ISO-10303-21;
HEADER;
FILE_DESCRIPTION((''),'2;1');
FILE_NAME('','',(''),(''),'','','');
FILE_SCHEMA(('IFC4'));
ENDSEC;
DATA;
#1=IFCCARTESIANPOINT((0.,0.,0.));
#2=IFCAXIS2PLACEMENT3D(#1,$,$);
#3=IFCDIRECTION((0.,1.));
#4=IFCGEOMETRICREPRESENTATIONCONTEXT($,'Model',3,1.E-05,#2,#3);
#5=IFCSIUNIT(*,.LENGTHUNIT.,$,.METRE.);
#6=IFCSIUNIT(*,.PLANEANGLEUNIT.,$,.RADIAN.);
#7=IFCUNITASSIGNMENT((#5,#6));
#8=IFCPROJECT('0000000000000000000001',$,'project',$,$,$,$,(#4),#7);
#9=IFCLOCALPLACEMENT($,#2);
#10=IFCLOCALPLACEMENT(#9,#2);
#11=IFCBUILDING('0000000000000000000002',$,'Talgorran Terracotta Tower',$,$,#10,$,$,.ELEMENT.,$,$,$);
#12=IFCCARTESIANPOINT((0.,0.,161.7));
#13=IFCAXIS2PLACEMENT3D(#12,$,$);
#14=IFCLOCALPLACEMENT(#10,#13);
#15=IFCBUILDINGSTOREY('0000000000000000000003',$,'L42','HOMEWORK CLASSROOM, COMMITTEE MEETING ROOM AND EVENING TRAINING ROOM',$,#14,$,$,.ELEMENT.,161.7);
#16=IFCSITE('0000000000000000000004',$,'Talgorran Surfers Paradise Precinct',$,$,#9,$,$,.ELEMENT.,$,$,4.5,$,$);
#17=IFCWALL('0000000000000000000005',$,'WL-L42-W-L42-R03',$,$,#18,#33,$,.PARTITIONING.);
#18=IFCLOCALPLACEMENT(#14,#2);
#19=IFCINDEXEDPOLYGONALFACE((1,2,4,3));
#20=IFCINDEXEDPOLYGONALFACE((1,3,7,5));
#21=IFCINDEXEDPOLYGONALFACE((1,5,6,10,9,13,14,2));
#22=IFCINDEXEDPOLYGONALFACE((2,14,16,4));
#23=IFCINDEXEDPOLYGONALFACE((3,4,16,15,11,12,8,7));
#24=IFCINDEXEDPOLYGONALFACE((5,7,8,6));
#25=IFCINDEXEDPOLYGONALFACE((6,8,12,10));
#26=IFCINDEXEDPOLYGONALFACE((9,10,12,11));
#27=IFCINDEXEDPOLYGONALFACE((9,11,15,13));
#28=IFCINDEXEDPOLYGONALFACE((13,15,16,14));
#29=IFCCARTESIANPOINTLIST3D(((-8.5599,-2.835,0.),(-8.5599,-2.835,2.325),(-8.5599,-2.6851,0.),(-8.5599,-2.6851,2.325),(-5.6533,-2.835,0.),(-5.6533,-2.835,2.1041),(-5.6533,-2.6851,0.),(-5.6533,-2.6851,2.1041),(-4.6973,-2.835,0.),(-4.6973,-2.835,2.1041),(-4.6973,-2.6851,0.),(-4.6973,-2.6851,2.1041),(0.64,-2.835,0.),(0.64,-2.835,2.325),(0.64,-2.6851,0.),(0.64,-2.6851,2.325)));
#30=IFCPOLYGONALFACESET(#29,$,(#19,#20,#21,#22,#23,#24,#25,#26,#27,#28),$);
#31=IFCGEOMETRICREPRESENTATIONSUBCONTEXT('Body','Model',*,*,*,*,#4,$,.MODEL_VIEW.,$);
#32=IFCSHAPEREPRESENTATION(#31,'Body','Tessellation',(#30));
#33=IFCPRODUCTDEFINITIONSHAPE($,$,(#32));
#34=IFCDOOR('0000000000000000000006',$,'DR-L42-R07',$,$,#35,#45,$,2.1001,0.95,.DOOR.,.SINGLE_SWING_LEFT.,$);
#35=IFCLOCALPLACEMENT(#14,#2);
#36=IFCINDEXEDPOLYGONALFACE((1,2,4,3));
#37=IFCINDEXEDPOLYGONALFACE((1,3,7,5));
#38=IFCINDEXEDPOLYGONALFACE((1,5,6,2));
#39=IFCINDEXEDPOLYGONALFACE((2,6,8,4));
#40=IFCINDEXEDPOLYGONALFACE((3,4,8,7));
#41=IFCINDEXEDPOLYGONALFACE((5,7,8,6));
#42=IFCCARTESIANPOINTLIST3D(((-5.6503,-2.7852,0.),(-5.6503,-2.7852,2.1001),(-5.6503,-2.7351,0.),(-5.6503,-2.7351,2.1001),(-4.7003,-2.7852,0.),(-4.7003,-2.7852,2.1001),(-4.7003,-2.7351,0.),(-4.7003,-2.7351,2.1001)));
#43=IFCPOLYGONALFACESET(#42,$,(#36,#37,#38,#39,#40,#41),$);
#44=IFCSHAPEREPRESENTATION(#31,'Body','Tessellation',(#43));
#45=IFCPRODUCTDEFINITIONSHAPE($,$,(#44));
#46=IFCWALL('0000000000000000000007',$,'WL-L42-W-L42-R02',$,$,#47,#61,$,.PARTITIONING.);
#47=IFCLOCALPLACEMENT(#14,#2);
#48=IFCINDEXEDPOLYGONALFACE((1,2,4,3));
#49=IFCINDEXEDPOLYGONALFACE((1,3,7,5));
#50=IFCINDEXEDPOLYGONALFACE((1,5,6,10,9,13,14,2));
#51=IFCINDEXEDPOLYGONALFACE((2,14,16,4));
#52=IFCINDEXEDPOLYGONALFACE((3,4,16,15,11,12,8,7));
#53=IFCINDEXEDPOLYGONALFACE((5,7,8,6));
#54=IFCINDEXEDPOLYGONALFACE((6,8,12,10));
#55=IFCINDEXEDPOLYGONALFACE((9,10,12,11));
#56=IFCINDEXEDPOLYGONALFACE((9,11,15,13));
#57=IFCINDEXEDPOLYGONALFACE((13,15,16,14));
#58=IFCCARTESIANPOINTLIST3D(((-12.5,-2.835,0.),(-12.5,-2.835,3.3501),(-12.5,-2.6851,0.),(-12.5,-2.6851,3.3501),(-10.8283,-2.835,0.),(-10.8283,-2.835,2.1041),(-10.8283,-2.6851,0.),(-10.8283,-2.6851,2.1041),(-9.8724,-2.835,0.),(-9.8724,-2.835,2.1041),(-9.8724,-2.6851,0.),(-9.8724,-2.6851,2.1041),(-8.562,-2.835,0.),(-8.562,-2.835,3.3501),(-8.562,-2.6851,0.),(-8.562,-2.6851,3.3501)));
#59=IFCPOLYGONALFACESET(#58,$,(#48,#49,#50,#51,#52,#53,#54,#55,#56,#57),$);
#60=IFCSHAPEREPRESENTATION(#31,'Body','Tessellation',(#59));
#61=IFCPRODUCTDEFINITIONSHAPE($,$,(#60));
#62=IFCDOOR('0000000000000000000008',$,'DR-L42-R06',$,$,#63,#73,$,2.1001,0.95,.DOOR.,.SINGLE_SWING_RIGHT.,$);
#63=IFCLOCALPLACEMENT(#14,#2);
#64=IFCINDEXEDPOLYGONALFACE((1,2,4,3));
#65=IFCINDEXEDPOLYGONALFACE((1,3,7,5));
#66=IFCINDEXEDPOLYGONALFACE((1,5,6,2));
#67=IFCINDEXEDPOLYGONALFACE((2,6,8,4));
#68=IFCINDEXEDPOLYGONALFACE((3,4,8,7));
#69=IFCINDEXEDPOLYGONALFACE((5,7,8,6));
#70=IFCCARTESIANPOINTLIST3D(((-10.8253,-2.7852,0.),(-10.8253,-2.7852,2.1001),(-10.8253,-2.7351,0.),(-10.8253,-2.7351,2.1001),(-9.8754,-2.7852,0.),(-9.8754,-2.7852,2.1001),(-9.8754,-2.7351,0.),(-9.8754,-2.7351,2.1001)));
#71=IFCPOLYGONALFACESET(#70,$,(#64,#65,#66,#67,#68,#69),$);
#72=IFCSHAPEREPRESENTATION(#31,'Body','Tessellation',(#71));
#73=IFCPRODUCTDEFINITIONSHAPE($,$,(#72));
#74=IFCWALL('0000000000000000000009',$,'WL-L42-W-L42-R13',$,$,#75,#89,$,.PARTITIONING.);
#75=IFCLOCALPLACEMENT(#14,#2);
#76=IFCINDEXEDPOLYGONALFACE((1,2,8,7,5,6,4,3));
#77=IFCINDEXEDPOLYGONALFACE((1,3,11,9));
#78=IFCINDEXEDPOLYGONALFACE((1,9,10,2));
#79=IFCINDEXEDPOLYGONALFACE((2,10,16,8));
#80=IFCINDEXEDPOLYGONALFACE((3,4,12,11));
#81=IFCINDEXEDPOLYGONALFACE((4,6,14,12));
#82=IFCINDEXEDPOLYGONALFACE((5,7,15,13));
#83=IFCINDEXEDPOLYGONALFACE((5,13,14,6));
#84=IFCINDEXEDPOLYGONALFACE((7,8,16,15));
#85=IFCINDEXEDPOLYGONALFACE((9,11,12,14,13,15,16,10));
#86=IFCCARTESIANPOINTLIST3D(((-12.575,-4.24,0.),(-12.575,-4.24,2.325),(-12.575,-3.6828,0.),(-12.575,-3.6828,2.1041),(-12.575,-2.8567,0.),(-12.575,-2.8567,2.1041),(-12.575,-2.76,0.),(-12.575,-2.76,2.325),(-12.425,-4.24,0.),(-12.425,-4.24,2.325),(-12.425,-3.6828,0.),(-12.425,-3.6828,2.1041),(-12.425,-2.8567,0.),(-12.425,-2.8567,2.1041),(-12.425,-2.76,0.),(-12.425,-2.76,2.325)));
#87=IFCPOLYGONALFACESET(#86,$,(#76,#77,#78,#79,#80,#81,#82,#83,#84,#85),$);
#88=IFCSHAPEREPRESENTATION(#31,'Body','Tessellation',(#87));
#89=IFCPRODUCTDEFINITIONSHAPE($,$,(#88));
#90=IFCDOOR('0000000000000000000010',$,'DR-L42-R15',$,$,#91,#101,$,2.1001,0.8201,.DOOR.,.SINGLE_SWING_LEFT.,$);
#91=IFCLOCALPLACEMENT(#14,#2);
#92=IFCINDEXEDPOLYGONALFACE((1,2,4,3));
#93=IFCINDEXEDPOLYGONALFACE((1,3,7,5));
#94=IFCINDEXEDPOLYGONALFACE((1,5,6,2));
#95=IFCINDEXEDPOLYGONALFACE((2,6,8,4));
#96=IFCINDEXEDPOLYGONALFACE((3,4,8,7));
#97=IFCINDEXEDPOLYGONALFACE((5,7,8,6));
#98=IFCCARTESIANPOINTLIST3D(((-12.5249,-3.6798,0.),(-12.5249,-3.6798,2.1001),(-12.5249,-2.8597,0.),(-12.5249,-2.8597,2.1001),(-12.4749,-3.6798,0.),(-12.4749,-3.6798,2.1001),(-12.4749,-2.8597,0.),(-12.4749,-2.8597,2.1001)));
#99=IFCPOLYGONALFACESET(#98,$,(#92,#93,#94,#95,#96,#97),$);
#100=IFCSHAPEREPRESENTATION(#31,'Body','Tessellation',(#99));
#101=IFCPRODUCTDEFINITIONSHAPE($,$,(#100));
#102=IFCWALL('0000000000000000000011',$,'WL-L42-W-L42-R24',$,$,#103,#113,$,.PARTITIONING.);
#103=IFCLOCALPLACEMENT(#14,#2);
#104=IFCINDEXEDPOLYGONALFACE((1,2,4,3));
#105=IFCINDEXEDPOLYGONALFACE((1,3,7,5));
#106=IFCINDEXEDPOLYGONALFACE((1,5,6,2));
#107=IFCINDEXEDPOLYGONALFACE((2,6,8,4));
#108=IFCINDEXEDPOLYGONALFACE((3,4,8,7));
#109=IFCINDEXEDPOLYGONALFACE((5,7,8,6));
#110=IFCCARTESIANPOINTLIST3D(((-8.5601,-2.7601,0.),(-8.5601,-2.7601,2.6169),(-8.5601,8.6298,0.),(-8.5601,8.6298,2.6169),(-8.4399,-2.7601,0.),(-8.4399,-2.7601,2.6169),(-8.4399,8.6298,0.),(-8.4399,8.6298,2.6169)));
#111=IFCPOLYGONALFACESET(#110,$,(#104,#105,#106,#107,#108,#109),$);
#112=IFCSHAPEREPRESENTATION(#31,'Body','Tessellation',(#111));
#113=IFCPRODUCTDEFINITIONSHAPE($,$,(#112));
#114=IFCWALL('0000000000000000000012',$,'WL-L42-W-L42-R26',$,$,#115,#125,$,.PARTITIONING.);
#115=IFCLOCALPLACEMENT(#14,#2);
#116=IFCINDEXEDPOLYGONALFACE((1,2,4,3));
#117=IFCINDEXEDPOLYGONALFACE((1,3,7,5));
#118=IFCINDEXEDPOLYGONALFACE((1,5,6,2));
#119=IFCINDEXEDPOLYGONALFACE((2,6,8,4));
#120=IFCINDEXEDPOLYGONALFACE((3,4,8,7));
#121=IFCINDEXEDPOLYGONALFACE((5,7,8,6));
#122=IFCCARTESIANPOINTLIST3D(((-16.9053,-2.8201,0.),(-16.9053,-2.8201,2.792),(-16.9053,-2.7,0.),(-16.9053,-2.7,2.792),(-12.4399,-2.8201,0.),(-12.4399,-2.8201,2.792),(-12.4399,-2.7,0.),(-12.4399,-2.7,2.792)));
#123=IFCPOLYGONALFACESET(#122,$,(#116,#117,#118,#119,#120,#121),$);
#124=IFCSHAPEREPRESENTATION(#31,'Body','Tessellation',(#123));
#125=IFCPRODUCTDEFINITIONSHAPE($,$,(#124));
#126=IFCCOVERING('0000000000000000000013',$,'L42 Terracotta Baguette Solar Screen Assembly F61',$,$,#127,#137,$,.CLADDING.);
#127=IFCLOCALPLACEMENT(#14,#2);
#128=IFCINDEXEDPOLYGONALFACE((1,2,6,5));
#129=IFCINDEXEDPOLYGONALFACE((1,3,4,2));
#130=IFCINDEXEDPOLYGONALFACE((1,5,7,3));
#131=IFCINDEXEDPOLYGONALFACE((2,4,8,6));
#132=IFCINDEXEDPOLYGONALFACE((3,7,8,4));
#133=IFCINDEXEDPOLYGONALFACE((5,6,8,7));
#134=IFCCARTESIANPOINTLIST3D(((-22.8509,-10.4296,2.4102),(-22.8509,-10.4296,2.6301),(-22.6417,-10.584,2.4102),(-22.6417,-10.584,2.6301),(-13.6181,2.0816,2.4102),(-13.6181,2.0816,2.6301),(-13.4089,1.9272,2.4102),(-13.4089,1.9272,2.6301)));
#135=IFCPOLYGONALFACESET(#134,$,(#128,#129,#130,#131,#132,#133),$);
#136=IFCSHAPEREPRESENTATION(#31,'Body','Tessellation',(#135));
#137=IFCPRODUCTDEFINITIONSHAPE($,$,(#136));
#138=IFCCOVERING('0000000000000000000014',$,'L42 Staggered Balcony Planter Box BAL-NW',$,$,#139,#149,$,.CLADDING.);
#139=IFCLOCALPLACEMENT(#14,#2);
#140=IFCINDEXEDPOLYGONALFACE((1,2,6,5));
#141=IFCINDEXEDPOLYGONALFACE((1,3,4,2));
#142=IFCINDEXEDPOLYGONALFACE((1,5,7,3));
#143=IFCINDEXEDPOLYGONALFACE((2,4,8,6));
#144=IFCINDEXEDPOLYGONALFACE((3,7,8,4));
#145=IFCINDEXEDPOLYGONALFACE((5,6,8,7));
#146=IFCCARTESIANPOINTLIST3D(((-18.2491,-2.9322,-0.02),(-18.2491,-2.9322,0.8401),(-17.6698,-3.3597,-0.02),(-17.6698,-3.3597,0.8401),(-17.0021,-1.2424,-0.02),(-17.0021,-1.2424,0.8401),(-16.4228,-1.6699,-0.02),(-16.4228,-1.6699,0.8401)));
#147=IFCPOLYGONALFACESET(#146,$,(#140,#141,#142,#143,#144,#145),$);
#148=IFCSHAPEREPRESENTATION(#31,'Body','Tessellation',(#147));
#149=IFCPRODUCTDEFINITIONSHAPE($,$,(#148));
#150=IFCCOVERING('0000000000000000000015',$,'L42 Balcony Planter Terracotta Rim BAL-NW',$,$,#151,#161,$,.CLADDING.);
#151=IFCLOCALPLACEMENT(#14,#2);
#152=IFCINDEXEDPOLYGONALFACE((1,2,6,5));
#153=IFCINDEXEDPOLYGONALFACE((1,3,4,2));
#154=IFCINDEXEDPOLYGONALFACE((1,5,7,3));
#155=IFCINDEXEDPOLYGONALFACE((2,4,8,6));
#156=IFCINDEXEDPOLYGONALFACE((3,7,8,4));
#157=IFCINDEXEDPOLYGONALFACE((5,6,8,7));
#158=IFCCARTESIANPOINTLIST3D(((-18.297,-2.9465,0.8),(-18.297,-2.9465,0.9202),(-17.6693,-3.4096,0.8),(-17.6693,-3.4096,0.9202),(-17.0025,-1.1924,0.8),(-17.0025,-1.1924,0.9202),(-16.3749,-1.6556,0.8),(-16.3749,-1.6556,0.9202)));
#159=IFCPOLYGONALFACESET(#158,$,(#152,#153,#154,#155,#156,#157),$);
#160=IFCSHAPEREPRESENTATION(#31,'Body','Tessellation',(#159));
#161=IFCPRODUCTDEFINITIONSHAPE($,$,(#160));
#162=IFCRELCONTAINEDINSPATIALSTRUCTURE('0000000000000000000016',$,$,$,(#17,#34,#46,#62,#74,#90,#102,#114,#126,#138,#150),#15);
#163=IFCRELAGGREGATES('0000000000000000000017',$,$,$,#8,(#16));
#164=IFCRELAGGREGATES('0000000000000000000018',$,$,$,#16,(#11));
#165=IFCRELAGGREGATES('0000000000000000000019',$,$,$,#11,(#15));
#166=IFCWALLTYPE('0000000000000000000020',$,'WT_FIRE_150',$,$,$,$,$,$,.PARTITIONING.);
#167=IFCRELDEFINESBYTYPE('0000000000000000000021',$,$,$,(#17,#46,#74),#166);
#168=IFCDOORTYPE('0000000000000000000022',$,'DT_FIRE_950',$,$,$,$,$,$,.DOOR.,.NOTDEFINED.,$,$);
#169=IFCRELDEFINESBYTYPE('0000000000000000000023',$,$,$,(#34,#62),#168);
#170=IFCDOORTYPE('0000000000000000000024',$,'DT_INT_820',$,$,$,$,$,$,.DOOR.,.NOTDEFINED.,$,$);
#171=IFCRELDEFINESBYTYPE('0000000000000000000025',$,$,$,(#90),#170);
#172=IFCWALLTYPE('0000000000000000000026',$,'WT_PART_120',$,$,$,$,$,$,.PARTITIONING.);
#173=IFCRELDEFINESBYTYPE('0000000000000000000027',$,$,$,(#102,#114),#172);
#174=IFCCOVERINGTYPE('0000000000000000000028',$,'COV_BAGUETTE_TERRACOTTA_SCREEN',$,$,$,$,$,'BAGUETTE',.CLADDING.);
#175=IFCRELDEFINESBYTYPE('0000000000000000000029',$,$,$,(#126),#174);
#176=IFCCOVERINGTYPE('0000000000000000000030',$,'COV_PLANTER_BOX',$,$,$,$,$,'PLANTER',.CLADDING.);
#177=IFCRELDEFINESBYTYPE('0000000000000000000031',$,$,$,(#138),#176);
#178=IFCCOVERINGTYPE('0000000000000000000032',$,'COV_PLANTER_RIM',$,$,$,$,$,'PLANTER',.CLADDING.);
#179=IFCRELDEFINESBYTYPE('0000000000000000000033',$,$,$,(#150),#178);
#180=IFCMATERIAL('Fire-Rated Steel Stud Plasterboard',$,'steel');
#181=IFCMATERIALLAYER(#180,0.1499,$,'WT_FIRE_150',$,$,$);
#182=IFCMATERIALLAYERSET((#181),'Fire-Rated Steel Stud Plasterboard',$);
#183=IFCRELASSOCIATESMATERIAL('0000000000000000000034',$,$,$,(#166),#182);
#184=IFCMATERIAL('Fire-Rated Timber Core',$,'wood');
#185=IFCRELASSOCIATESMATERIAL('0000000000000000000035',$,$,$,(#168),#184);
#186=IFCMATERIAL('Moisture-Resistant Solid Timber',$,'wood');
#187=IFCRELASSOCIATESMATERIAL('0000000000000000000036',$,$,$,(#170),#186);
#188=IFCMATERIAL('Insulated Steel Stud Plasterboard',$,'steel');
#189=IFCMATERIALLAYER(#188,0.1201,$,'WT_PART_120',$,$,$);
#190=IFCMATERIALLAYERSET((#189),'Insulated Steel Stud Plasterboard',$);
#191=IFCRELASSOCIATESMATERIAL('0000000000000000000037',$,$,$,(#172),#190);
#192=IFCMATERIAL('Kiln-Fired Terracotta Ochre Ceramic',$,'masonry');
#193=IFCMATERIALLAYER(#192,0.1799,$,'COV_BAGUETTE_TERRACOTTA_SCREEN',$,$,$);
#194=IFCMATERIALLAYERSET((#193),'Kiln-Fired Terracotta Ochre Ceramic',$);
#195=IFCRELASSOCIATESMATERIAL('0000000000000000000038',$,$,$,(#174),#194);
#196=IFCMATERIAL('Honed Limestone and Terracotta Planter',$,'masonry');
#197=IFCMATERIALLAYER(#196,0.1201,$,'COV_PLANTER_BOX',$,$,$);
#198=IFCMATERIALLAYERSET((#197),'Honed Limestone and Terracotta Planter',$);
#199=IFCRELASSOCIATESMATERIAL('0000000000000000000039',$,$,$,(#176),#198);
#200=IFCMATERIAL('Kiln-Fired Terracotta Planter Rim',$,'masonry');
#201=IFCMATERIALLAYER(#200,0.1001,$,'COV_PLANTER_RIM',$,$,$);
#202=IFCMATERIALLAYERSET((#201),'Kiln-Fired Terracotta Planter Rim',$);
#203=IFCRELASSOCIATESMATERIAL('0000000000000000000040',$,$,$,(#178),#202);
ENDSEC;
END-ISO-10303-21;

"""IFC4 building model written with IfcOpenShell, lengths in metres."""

from ifc_helpers import new_model, si_unit, direction, frame, frame_2d, origin, origin_2d, place, context, subcontext, project, spatial, rectangle, extrude, material, layer, layer_set, type_object, element, fill, save


model = new_model("IFC4")

# Units and contexts
model_context = context("Model", 3, precision=1e-05, world=origin(), true_north=direction((0.0, 1.0)))
body_context = subcontext(model_context, "Body", "Model", "MODEL_VIEW")
ifc_project = project(units=[si_unit("LENGTHUNIT", "METRE"), si_unit("PLANEANGLEUNIT", "RADIAN")], contexts=[model_context])

# Site, building, storey
site_placement = place(None, origin())
site = spatial("IfcSite", under=ifc_project, at=site_placement, Name="Talgorran Surfers Paradise Precinct", CompositionType="ELEMENT", RefElevation=4.5)
building_placement = place(site_placement, origin())
building = spatial("IfcBuilding", under=site, at=building_placement, Name="Talgorran Terracotta Tower", CompositionType="ELEMENT")
storey_placement = place(building_placement, frame((0.0, 0.0, 161.7)))
storey = spatial("IfcBuildingStorey", under=building, at=storey_placement, Name="L42", Description="HOMEWORK CLASSROOM, COMMITTEE MEETING ROOM AND EVENING TRAINING ROOM", CompositionType="ELEMENT", Elevation=161.7)

# Walls, openings, doors
ifc_material_1 = material(Name="Fire-Rated Steel Stud Plasterboard", Category="steel")
ifc_layer_1 = layer(ifc_material_1, 0.1499, Name="WT_FIRE_150")
ifc_layer_set_1 = layer_set([ifc_layer_1], Name="Fire-Rated Steel Stud Plasterboard")
wall_type_1 = type_object("IfcWallType", Name="WT_FIRE_150", PredefinedType="PARTITIONING", material=ifc_layer_set_1)
wall_1_placement = place(storey_placement, frame((-8.5601, -2.76, 0.0), z_axis=(0.0, 0.0, 1.0), x_axis=(1.0, 0.0, 0.0)))
wall_1 = element("IfcWall", 1, at=wall_1_placement, inside=storey, type_object=wall_type_1, Name="WL-L42-W-L42-R03", PredefinedType="PARTITIONING", context=body_context, shape_type="SweptSolid", body=[
    extrude(rectangle(XDim=9.2, YDim=0.1499, at=frame_2d((4.6001, 0.0))), origin(), (0.0, 0.0, 1.0), 2.325),
])
opening_1_placement = place(wall_1_placement, frame((2.9097, 0.0, 0.0)))
opening_1 = element("IfcOpeningElement", 2, at=opening_1_placement, cuts=wall_1, PredefinedType="OPENING", context=body_context, shape_type="SweptSolid", body=[
    extrude(rectangle(XDim=0.956, YDim=2.1041, at=frame_2d((0.4751, 1.052))), frame((0.0, 0.085, 0.0), z_axis=(0.0, -1.0, 0.0), x_axis=(1.0, 0.0, 0.0)), (0.0, 0.0, 1.0), 0.1699),
])
ifc_material_2 = material(Name="Fire-Rated Timber Core", Category="wood")
door_type_1 = type_object("IfcDoorType", Name="DT_FIRE_950", OperationType="NOTDEFINED", PredefinedType="DOOR", material=ifc_material_2)
door_1_placement = place(opening_1_placement, origin())
door_1 = element("IfcDoor", 3, at=door_1_placement, inside=storey, type_object=door_type_1, Name="DR-L42-R07", OperationType="SINGLE_SWING_LEFT", OverallHeight=2.1001, OverallWidth=0.95, PredefinedType="DOOR", context=body_context, shape_type="SweptSolid", body=[
    extrude(rectangle(XDim=0.95, YDim=2.1001, at=frame_2d((0.4751, 1.05))), frame((0.0, 0.0249, 0.0), z_axis=(0.0, -1.0, 0.0), x_axis=(1.0, 0.0, 0.0)), (0.0, 0.0, 1.0), 0.05),
])
fill(opening_1, door_1)
wall_2_placement = place(storey_placement, frame((-12.5, -2.76, 0.0), z_axis=(0.0, 0.0, 1.0), x_axis=(1.0, 0.0, 0.0)))
wall_2 = element("IfcWall", 4, at=wall_2_placement, inside=storey, type_object=wall_type_1, Name="WL-L42-W-L42-R02", PredefinedType="PARTITIONING", context=body_context, shape_type="SweptSolid", body=[
    extrude(rectangle(XDim=3.938, YDim=0.1499, at=frame_2d((1.969, 0.0))), origin(), (0.0, 0.0, 1.0), 3.3501),
])
opening_2_placement = place(wall_2_placement, frame((1.6746, 0.0, 0.0)))
opening_2 = element("IfcOpeningElement", 5, at=opening_2_placement, cuts=wall_2, PredefinedType="OPENING", context=body_context, shape_type="SweptSolid", body=[
    extrude(rectangle(XDim=0.956, YDim=2.1041, at=frame_2d((0.4751, 1.052))), frame((0.0, 0.085, 0.0), z_axis=(0.0, -1.0, 0.0), x_axis=(1.0, 0.0, 0.0)), (0.0, 0.0, 1.0), 0.1699),
])
door_2_placement = place(opening_2_placement, origin())
door_2 = element("IfcDoor", 6, at=door_2_placement, inside=storey, type_object=door_type_1, Name="DR-L42-R06", OperationType="SINGLE_SWING_RIGHT", OverallHeight=2.1001, OverallWidth=0.95, PredefinedType="DOOR", context=body_context, shape_type="SweptSolid", body=[
    extrude(rectangle(XDim=0.95, YDim=2.1001, at=frame_2d((0.4751, 1.05))), frame((0.0, 0.0249, 0.0), z_axis=(0.0, -1.0, 0.0), x_axis=(1.0, 0.0, 0.0)), (0.0, 0.0, 1.0), 0.05),
])
fill(opening_2, door_2)
wall_3_placement = place(storey_placement, frame((-12.5, -4.24, 0.0), z_axis=(0.0, 0.0, 1.0), x_axis=(0.0, 1.0, 0.0)))
wall_3 = element("IfcWall", 7, at=wall_3_placement, inside=storey, type_object=wall_type_1, Name="WL-L42-W-L42-R13", PredefinedType="PARTITIONING", context=body_context, shape_type="SweptSolid", body=[
    extrude(rectangle(XDim=1.48, YDim=0.1499, at=frame_2d((0.74, 0.0))), origin(), (0.0, 0.0, 1.0), 2.325),
])
opening_3_placement = place(wall_3_placement, frame((0.5601, 0.0, 0.0)))
opening_3 = element("IfcOpeningElement", 8, at=opening_3_placement, cuts=wall_3, PredefinedType="OPENING", context=body_context, shape_type="SweptSolid", body=[
    extrude(rectangle(XDim=0.8261, YDim=2.1041, at=frame_2d((0.4102, 1.052))), frame((0.0, 0.085, 0.0), z_axis=(0.0, -1.0, 0.0), x_axis=(1.0, 0.0, 0.0)), (0.0, 0.0, 1.0), 0.1699),
])
ifc_material_3 = material(Name="Moisture-Resistant Solid Timber", Category="wood")
door_type_2 = type_object("IfcDoorType", Name="DT_INT_820", OperationType="NOTDEFINED", PredefinedType="DOOR", material=ifc_material_3)
door_3_placement = place(opening_3_placement, origin())
door_3 = element("IfcDoor", 9, at=door_3_placement, inside=storey, type_object=door_type_2, Name="DR-L42-R15", OperationType="SINGLE_SWING_LEFT", OverallHeight=2.1001, OverallWidth=0.8201, PredefinedType="DOOR", context=body_context, shape_type="SweptSolid", body=[
    extrude(rectangle(XDim=0.8201, YDim=2.1001, at=frame_2d((0.4102, 1.05))), frame((0.0, 0.0249, 0.0), z_axis=(0.0, -1.0, 0.0), x_axis=(1.0, 0.0, 0.0)), (0.0, 0.0, 1.0), 0.05),
])
fill(opening_3, door_3)

# Walls
ifc_material_4 = material(Name="Insulated Steel Stud Plasterboard", Category="steel")
ifc_layer_2 = layer(ifc_material_4, 0.1201, Name="WT_PART_120")
ifc_layer_set_2 = layer_set([ifc_layer_2], Name="Insulated Steel Stud Plasterboard")
wall_type_2 = type_object("IfcWallType", Name="WT_PART_120", PredefinedType="PARTITIONING", material=ifc_layer_set_2)
wall_4_placement = place(storey_placement, frame((-8.5, -2.76, 0.0), z_axis=(0.0, 0.0, 1.0), x_axis=(0.0, 1.0, 0.0)))
element("IfcWall", 10, at=wall_4_placement, inside=storey, type_object=wall_type_2, Name="WL-L42-W-L42-R24", PredefinedType="PARTITIONING", context=body_context, shape_type="SweptSolid", body=[
    extrude(rectangle(XDim=11.3899, YDim=0.1201, at=frame_2d((5.6948, 0.0))), origin(), (0.0, 0.0, 1.0), 2.6169),
])
wall_5_placement = place(storey_placement, frame((-16.9053, -2.76, 0.0), z_axis=(0.0, 0.0, 1.0), x_axis=(1.0, 0.0, 0.0)))
element("IfcWall", 11, at=wall_5_placement, inside=storey, type_object=wall_type_2, Name="WL-L42-W-L42-R26", PredefinedType="PARTITIONING", context=body_context, shape_type="SweptSolid", body=[
    extrude(rectangle(XDim=4.4653, YDim=0.1201, at=frame_2d((2.2327, 0.0))), origin(), (0.0, 0.0, 1.0), 2.792),
])

# Coverings
ifc_material_5 = material(Name="Kiln-Fired Terracotta Ochre Ceramic", Category="masonry")
ifc_layer_3 = layer(ifc_material_5, 0.1799, Name="COV_BAGUETTE_TERRACOTTA_SCREEN")
ifc_layer_set_3 = layer_set([ifc_layer_3], Name="Kiln-Fired Terracotta Ochre Ceramic")
covering_type_1 = type_object("IfcCoveringType", Name="COV_BAGUETTE_TERRACOTTA_SCREEN", ElementType="BAGUETTE", PredefinedType="CLADDING", material=ifc_layer_set_3)
covering_1_placement = place(storey_placement, frame((-18.1299, -4.2512, 2.4102), z_axis=(0.0, 0.0, 1.0), x_axis=(-0.593784, -0.804624, 0.0)))
element("IfcCovering", 12, at=covering_1_placement, inside=storey, type_object=covering_type_1, Name="L42 Terracotta Baguette Solar Screen Assembly F61", PredefinedType="CLADDING", context=body_context, shape_type="SweptSolid", body=[
    extrude(rectangle(XDim=15.5491, YDim=0.26, at=origin_2d()), origin(), (0.0, 0.0, 1.0), 0.22),
])
ifc_material_6 = material(Name="Honed Limestone and Terracotta Planter", Category="masonry")
ifc_layer_4 = layer(ifc_material_6, 0.1201, Name="COV_PLANTER_BOX")
ifc_layer_set_4 = layer_set([ifc_layer_4], Name="Honed Limestone and Terracotta Planter")
covering_type_2 = type_object("IfcCoveringType", Name="COV_PLANTER_BOX", ElementType="PLANTER", PredefinedType="CLADDING", material=ifc_layer_set_4)
covering_2_placement = place(storey_placement, frame((-17.3359, -2.301, -0.02), z_axis=(0.0, 0.0, 1.0), x_axis=(-0.593784, -0.804624, 0.0)))
element("IfcCovering", 13, at=covering_2_placement, inside=storey, type_object=covering_type_2, Name="L42 Staggered Balcony Planter Box BAL-NW", PredefinedType="CLADDING", context=body_context, shape_type="SweptSolid", body=[
    extrude(rectangle(XDim=2.1001, YDim=0.72, at=origin_2d()), origin(), (0.0, 0.0, 1.0), 0.8601),
])
ifc_material_7 = material(Name="Kiln-Fired Terracotta Planter Rim", Category="masonry")
ifc_layer_5 = layer(ifc_material_7, 0.1001, Name="COV_PLANTER_RIM")
ifc_layer_set_5 = layer_set([ifc_layer_5], Name="Kiln-Fired Terracotta Planter Rim")
covering_type_3 = type_object("IfcCoveringType", Name="COV_PLANTER_RIM", ElementType="PLANTER", PredefinedType="CLADDING", material=ifc_layer_set_5)
covering_3_placement = place(storey_placement, frame((-17.3359, -2.301, 0.8), z_axis=(0.0, 0.0, 1.0), x_axis=(-0.593784, -0.804624, 0.0)))
element("IfcCovering", 14, at=covering_3_placement, inside=storey, type_object=covering_type_3, Name="L42 Balcony Planter Terracotta Rim BAL-NW", PredefinedType="CLADDING", context=body_context, shape_type="SweptSolid", body=[
    extrude(rectangle(XDim=2.1799, YDim=0.78, at=origin_2d()), origin(), (0.0, 0.0, 1.0), 0.1201),
])

save(model, "model.ifc")
